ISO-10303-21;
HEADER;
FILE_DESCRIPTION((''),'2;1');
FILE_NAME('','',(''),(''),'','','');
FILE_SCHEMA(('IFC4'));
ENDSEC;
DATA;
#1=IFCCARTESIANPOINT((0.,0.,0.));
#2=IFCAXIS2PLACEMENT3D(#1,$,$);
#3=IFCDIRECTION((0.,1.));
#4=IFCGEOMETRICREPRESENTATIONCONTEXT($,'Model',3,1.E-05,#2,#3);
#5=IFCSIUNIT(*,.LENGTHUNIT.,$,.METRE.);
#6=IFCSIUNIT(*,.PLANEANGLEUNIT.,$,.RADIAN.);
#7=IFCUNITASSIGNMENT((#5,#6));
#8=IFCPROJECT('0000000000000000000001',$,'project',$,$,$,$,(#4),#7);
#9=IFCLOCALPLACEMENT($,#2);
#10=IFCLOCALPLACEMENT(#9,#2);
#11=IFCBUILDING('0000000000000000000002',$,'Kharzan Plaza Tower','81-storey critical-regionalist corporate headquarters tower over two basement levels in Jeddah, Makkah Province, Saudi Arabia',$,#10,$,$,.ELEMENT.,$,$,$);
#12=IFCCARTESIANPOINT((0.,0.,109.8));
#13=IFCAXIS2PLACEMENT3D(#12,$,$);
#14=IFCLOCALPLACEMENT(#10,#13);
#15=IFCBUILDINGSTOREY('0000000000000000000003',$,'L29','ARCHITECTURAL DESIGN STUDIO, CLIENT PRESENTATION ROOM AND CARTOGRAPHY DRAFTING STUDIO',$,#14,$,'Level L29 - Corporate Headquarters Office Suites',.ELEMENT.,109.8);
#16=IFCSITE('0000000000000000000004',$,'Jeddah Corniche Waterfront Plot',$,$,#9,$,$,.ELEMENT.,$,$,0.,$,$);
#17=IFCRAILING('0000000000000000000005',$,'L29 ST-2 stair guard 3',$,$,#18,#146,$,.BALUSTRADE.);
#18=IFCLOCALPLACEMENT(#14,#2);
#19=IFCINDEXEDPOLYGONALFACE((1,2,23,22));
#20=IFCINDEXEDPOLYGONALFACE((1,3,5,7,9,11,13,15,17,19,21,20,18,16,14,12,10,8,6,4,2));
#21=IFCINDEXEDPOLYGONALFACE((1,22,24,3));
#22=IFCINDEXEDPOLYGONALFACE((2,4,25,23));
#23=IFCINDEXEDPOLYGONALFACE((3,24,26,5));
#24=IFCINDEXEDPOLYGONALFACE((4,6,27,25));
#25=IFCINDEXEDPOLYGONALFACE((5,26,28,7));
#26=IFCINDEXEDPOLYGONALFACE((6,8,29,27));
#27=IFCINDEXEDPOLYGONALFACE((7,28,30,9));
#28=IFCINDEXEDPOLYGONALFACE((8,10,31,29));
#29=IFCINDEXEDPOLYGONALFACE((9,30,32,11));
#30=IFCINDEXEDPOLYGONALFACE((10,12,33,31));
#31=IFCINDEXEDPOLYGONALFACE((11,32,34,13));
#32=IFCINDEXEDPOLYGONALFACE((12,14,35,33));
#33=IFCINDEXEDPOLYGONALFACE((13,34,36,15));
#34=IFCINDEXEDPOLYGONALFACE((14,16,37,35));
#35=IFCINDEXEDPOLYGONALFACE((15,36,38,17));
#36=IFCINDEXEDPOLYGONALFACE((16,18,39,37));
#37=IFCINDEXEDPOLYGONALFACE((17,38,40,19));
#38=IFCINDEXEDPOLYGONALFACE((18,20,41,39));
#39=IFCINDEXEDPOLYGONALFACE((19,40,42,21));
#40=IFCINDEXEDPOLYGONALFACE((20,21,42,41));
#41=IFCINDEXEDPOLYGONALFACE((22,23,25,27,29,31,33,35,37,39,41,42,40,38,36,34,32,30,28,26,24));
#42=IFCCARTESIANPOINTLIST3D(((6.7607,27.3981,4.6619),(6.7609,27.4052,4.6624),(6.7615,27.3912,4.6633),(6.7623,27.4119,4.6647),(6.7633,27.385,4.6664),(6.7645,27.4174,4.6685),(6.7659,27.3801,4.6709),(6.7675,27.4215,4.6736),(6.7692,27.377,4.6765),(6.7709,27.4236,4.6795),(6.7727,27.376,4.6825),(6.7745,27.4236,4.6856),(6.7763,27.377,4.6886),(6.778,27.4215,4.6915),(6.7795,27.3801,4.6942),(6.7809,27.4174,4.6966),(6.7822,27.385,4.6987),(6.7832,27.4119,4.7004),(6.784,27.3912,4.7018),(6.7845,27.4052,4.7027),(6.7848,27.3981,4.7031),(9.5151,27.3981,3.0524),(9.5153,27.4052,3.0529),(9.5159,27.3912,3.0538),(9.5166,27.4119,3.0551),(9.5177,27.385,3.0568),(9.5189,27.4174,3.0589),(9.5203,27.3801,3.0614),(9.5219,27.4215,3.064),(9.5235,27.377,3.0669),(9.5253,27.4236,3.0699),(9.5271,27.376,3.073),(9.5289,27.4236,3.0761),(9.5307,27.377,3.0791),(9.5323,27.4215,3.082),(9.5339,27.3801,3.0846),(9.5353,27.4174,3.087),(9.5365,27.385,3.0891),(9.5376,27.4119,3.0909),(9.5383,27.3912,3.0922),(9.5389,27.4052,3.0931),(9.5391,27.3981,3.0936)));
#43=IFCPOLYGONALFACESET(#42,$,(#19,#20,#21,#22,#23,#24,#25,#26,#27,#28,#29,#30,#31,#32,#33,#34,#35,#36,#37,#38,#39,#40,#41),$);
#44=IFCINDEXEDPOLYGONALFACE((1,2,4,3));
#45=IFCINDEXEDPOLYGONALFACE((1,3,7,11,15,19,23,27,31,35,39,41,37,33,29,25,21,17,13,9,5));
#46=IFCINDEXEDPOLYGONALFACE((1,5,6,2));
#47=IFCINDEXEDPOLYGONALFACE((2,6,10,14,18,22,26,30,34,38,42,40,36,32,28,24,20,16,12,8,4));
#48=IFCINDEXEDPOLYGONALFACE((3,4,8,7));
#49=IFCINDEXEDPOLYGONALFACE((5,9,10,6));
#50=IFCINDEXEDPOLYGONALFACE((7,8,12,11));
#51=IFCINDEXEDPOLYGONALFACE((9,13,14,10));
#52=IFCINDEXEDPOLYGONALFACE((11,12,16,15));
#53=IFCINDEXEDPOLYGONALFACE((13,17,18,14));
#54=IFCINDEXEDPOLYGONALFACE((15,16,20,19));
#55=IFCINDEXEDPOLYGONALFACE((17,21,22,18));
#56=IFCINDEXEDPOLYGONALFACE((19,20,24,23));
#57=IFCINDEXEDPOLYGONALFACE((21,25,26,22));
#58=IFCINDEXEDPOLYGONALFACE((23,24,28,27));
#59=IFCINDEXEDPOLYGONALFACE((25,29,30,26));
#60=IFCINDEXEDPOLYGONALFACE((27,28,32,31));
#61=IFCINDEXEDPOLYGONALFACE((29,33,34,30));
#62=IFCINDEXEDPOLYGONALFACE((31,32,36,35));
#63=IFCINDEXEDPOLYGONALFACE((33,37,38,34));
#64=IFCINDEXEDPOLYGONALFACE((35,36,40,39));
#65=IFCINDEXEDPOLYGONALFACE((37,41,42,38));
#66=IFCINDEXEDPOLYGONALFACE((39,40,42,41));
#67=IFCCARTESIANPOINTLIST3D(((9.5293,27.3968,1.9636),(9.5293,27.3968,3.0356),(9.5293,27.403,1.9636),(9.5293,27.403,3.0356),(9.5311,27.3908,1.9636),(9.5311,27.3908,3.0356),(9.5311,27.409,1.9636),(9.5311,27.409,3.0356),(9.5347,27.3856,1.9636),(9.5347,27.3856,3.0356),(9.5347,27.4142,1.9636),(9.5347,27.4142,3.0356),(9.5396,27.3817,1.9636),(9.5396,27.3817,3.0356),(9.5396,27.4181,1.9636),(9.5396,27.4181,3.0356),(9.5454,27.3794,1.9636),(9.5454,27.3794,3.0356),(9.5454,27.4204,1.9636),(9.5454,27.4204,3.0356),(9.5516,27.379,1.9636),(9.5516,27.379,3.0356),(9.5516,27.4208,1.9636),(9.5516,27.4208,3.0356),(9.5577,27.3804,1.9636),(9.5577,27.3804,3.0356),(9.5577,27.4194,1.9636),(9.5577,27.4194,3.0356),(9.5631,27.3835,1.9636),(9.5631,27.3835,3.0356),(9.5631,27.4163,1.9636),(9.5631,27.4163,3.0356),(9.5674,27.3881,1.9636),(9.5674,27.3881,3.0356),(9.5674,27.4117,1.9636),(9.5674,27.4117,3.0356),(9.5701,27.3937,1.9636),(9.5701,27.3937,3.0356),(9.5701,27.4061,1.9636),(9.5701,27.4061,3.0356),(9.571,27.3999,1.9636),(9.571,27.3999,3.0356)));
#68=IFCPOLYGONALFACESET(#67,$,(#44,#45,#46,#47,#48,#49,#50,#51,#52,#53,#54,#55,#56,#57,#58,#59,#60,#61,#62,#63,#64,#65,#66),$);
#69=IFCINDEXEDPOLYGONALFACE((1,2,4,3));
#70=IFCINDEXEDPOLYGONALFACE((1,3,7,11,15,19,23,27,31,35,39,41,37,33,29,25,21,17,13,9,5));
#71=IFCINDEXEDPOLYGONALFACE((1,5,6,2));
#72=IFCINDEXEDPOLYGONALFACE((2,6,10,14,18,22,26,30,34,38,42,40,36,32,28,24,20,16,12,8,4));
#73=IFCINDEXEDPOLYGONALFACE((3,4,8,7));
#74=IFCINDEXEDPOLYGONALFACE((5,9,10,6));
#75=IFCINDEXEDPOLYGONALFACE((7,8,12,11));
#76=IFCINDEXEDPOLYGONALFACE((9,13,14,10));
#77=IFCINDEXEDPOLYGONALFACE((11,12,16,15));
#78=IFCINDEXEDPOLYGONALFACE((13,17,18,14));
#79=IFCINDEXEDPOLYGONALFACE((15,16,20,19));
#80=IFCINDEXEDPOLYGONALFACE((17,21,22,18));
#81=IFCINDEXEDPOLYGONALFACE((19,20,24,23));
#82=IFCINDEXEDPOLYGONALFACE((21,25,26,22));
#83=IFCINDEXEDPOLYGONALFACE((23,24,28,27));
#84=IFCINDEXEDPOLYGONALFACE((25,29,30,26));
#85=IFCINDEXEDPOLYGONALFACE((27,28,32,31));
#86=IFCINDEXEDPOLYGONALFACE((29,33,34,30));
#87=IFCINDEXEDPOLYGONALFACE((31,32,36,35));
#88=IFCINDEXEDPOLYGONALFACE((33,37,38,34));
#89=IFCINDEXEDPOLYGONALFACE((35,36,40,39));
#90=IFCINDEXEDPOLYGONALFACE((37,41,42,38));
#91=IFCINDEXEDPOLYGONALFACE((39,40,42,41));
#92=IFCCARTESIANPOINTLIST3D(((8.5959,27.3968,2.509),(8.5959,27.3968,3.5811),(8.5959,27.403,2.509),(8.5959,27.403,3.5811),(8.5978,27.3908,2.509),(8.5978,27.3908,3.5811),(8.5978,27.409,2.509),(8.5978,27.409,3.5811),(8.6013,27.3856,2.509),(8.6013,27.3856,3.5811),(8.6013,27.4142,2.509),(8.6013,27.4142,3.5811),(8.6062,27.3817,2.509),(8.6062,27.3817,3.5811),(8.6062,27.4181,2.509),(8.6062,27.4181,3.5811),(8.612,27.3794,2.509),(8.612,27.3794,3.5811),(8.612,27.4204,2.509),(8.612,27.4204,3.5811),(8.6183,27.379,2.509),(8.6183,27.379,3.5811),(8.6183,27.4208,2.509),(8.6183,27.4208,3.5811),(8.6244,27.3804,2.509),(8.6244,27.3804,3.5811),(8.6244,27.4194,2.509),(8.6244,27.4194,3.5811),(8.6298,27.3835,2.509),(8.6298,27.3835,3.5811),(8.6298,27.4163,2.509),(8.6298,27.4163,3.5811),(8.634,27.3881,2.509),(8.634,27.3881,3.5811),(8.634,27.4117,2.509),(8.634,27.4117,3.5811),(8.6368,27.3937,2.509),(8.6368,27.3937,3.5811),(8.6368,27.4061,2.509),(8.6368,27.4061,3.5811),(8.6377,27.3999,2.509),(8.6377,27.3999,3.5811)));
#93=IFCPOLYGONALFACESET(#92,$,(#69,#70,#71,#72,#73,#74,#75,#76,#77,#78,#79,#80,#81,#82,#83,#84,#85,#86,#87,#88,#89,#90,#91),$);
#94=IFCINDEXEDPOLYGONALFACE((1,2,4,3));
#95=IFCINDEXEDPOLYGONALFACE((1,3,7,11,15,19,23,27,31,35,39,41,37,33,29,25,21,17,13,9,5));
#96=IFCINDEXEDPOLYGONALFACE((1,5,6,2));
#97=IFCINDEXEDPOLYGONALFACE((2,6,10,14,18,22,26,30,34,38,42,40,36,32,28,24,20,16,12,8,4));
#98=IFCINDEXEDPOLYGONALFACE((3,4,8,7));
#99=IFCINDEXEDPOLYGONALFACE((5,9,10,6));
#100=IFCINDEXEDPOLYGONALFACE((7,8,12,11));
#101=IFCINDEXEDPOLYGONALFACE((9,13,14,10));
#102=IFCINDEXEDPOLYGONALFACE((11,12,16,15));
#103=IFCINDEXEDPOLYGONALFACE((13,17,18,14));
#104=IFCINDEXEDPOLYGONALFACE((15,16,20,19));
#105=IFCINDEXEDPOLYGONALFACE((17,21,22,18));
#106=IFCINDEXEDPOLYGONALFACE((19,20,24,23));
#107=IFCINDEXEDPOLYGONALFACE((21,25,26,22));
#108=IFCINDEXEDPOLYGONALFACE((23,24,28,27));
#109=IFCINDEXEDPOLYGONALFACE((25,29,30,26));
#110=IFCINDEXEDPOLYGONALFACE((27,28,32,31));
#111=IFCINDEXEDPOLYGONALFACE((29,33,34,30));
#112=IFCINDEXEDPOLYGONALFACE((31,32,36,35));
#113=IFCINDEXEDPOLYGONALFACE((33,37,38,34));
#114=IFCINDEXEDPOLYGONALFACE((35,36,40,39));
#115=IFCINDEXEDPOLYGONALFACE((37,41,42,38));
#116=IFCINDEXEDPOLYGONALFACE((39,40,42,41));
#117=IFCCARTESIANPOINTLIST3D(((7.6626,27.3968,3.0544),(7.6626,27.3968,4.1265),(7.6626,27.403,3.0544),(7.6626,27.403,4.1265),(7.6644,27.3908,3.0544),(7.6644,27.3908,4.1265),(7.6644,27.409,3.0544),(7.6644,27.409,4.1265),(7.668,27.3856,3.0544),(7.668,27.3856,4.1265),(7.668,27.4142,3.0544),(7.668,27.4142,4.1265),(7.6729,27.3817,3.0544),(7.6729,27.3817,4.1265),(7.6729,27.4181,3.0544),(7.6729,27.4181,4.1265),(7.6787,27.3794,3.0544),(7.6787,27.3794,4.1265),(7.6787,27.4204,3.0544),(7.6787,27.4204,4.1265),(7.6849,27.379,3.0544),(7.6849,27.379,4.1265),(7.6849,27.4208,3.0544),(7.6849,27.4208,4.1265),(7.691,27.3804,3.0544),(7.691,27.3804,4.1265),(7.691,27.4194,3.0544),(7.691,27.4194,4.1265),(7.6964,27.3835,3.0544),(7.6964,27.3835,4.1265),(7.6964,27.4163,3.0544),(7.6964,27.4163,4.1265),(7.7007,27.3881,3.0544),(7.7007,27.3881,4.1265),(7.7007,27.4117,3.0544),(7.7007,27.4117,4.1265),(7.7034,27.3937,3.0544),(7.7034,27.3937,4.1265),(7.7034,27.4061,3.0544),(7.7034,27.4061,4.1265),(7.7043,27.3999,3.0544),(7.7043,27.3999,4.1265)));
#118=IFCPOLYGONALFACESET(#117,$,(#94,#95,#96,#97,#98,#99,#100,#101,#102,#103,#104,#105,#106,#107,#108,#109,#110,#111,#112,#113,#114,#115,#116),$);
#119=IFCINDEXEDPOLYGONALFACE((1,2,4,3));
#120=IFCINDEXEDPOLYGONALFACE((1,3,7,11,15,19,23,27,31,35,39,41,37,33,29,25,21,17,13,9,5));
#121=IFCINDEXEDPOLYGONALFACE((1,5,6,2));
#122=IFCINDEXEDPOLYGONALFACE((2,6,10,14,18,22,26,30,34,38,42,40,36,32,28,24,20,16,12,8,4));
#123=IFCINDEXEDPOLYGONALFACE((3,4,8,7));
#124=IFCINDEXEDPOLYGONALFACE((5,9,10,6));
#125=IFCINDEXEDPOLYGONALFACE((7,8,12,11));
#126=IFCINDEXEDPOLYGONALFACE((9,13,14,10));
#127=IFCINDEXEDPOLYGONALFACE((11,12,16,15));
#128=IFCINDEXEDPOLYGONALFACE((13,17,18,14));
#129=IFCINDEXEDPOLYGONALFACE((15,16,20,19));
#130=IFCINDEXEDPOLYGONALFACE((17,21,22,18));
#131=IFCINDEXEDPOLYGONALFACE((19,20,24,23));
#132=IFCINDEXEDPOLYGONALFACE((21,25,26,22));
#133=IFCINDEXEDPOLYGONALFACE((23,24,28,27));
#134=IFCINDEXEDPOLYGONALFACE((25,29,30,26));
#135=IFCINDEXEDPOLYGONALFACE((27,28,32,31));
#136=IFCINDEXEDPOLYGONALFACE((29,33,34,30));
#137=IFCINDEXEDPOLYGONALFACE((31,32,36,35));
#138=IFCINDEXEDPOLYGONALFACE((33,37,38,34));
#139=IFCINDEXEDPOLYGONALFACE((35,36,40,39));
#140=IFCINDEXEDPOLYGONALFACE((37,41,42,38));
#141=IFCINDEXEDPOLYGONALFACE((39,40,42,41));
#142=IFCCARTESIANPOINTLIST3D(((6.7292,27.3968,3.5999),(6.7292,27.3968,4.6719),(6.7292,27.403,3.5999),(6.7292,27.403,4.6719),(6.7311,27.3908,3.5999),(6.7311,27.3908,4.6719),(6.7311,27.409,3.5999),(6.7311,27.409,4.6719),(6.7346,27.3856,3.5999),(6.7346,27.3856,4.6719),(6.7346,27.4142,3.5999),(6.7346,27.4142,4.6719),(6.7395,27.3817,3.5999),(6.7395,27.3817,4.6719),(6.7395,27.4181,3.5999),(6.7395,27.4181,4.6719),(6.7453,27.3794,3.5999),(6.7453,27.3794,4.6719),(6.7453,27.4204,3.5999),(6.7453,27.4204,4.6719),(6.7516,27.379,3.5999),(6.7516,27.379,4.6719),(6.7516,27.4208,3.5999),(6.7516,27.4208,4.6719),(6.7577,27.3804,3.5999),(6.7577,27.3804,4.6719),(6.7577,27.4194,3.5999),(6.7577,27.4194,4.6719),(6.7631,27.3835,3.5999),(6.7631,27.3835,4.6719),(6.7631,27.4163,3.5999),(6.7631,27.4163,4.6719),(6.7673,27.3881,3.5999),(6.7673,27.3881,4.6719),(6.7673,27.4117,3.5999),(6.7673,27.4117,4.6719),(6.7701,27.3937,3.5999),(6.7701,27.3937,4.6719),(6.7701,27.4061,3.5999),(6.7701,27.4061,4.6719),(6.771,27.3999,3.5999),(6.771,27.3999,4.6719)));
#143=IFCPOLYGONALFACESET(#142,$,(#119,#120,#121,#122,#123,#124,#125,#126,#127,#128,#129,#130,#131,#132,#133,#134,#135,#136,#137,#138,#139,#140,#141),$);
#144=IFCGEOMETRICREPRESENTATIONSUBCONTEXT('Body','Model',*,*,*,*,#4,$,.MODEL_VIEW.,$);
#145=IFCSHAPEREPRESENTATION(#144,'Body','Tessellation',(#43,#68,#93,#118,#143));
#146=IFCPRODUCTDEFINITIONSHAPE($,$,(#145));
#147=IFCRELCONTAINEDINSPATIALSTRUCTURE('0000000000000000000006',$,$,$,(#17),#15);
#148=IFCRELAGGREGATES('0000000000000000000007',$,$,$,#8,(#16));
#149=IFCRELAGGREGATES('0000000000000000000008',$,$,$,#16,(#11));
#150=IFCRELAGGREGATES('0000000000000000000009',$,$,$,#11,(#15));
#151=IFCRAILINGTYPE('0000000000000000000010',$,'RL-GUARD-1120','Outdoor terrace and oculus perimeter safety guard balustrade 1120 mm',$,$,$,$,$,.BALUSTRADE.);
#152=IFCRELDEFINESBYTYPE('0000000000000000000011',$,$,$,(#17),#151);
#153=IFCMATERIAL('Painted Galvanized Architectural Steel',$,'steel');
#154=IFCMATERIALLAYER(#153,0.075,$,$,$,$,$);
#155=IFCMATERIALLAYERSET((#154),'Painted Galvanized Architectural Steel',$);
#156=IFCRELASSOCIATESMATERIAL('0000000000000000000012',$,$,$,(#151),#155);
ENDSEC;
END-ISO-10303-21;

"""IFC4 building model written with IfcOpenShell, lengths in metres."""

from ifc_helpers import new_model, si_unit, direction, frame, origin, origin_2d, place, context, subcontext, project, spatial, circle, extrude, source, transform, mapped, material, layer, layer_set, type_object, element, save


model = new_model("IFC4")

# Units and contexts
model_context = context("Model", 3, precision=1e-05, world=origin(), true_north=direction((0.0, 1.0)))
body_context = subcontext(model_context, "Body", "Model", "MODEL_VIEW")
ifc_project = project(units=[si_unit("LENGTHUNIT", "METRE"), si_unit("PLANEANGLEUNIT", "RADIAN")], contexts=[model_context])

# Site, building, storey
site_placement = place(None, origin())
site = spatial("IfcSite", under=ifc_project, at=site_placement, Name="Jeddah Corniche Waterfront Plot", CompositionType="ELEMENT", RefElevation=0.0)
building_placement = place(site_placement, origin())
building = spatial("IfcBuilding", under=site, at=building_placement, Name="Kharzan Plaza Tower", Description="81-storey critical-regionalist corporate headquarters tower over two basement levels in Jeddah, Makkah Province, Saudi Arabia", CompositionType="ELEMENT")
storey_placement = place(building_placement, frame((0.0, 0.0, 109.8)))
storey = spatial("IfcBuildingStorey", under=building, at=storey_placement, Name="L29", Description="ARCHITECTURAL DESIGN STUDIO, CLIENT PRESENTATION ROOM AND CARTOGRAPHY DRAFTING STUDIO", LongName="Level L29 - Corporate Headquarters Office Suites", CompositionType="ELEMENT", Elevation=109.8)

# Railing
ifc_material_1 = material(Name="Painted Galvanized Architectural Steel", Category="steel")
ifc_layer_1 = layer(ifc_material_1, 0.075)
ifc_layer_set_1 = layer_set([ifc_layer_1], Name="Painted Galvanized Architectural Steel")
railing_type_1 = type_object("IfcRailingType", Name="RL-GUARD-1120", Description="Outdoor terrace and oculus perimeter safety guard balustrade 1120 mm", PredefinedType="BALUSTRADE", material=ifc_layer_set_1)
shared_shape_1 = source(origin(), body_context, "Body", "SweptSolid", [
    extrude(circle(Radius=0.0239, at=origin_2d()), frame((-0.0229, 0.0, 1.1094), z_axis=(-0.863394, 0.0, 0.504531), x_axis=(0.0, -1.0, 0.0)), (0.0, 0.0, 1.0), 3.1902),
    extrude(circle(Radius=0.021, at=origin_2d()), origin(), (0.0, 0.0, 1.0), 1.072),
    extrude(circle(Radius=0.021, at=origin_2d()), frame((-0.9333, 0.0, 0.5454)), (0.0, 0.0, 1.0), 1.072),
    extrude(circle(Radius=0.021, at=origin_2d()), frame((-1.8667, 0.0, 1.0908)), (0.0, 0.0, 1.0), 1.072),
    extrude(circle(Radius=0.021, at=origin_2d()), frame((-2.8, 0.0, 1.6362)), (0.0, 0.0, 1.0), 1.072),
])
railing_1_placement = place(storey_placement, frame((9.55, 27.3999, 1.9636)))
element("IfcRailing", 1, at=railing_1_placement, inside=storey, type_object=railing_type_1, Name="L29 ST-2 stair guard 3", PredefinedType="BALUSTRADE", context=body_context, shape_type="MappedRepresentation", body=[
    mapped(shared_shape_1, transform((0.0, 0.0, 0.0), x_axis=(1.0, 0.0, 0.0), y_axis=(0.0, 1.0, 0.0), z_axis=(0.0, 0.0, 1.0))),
])

save(model, "model.ifc")
